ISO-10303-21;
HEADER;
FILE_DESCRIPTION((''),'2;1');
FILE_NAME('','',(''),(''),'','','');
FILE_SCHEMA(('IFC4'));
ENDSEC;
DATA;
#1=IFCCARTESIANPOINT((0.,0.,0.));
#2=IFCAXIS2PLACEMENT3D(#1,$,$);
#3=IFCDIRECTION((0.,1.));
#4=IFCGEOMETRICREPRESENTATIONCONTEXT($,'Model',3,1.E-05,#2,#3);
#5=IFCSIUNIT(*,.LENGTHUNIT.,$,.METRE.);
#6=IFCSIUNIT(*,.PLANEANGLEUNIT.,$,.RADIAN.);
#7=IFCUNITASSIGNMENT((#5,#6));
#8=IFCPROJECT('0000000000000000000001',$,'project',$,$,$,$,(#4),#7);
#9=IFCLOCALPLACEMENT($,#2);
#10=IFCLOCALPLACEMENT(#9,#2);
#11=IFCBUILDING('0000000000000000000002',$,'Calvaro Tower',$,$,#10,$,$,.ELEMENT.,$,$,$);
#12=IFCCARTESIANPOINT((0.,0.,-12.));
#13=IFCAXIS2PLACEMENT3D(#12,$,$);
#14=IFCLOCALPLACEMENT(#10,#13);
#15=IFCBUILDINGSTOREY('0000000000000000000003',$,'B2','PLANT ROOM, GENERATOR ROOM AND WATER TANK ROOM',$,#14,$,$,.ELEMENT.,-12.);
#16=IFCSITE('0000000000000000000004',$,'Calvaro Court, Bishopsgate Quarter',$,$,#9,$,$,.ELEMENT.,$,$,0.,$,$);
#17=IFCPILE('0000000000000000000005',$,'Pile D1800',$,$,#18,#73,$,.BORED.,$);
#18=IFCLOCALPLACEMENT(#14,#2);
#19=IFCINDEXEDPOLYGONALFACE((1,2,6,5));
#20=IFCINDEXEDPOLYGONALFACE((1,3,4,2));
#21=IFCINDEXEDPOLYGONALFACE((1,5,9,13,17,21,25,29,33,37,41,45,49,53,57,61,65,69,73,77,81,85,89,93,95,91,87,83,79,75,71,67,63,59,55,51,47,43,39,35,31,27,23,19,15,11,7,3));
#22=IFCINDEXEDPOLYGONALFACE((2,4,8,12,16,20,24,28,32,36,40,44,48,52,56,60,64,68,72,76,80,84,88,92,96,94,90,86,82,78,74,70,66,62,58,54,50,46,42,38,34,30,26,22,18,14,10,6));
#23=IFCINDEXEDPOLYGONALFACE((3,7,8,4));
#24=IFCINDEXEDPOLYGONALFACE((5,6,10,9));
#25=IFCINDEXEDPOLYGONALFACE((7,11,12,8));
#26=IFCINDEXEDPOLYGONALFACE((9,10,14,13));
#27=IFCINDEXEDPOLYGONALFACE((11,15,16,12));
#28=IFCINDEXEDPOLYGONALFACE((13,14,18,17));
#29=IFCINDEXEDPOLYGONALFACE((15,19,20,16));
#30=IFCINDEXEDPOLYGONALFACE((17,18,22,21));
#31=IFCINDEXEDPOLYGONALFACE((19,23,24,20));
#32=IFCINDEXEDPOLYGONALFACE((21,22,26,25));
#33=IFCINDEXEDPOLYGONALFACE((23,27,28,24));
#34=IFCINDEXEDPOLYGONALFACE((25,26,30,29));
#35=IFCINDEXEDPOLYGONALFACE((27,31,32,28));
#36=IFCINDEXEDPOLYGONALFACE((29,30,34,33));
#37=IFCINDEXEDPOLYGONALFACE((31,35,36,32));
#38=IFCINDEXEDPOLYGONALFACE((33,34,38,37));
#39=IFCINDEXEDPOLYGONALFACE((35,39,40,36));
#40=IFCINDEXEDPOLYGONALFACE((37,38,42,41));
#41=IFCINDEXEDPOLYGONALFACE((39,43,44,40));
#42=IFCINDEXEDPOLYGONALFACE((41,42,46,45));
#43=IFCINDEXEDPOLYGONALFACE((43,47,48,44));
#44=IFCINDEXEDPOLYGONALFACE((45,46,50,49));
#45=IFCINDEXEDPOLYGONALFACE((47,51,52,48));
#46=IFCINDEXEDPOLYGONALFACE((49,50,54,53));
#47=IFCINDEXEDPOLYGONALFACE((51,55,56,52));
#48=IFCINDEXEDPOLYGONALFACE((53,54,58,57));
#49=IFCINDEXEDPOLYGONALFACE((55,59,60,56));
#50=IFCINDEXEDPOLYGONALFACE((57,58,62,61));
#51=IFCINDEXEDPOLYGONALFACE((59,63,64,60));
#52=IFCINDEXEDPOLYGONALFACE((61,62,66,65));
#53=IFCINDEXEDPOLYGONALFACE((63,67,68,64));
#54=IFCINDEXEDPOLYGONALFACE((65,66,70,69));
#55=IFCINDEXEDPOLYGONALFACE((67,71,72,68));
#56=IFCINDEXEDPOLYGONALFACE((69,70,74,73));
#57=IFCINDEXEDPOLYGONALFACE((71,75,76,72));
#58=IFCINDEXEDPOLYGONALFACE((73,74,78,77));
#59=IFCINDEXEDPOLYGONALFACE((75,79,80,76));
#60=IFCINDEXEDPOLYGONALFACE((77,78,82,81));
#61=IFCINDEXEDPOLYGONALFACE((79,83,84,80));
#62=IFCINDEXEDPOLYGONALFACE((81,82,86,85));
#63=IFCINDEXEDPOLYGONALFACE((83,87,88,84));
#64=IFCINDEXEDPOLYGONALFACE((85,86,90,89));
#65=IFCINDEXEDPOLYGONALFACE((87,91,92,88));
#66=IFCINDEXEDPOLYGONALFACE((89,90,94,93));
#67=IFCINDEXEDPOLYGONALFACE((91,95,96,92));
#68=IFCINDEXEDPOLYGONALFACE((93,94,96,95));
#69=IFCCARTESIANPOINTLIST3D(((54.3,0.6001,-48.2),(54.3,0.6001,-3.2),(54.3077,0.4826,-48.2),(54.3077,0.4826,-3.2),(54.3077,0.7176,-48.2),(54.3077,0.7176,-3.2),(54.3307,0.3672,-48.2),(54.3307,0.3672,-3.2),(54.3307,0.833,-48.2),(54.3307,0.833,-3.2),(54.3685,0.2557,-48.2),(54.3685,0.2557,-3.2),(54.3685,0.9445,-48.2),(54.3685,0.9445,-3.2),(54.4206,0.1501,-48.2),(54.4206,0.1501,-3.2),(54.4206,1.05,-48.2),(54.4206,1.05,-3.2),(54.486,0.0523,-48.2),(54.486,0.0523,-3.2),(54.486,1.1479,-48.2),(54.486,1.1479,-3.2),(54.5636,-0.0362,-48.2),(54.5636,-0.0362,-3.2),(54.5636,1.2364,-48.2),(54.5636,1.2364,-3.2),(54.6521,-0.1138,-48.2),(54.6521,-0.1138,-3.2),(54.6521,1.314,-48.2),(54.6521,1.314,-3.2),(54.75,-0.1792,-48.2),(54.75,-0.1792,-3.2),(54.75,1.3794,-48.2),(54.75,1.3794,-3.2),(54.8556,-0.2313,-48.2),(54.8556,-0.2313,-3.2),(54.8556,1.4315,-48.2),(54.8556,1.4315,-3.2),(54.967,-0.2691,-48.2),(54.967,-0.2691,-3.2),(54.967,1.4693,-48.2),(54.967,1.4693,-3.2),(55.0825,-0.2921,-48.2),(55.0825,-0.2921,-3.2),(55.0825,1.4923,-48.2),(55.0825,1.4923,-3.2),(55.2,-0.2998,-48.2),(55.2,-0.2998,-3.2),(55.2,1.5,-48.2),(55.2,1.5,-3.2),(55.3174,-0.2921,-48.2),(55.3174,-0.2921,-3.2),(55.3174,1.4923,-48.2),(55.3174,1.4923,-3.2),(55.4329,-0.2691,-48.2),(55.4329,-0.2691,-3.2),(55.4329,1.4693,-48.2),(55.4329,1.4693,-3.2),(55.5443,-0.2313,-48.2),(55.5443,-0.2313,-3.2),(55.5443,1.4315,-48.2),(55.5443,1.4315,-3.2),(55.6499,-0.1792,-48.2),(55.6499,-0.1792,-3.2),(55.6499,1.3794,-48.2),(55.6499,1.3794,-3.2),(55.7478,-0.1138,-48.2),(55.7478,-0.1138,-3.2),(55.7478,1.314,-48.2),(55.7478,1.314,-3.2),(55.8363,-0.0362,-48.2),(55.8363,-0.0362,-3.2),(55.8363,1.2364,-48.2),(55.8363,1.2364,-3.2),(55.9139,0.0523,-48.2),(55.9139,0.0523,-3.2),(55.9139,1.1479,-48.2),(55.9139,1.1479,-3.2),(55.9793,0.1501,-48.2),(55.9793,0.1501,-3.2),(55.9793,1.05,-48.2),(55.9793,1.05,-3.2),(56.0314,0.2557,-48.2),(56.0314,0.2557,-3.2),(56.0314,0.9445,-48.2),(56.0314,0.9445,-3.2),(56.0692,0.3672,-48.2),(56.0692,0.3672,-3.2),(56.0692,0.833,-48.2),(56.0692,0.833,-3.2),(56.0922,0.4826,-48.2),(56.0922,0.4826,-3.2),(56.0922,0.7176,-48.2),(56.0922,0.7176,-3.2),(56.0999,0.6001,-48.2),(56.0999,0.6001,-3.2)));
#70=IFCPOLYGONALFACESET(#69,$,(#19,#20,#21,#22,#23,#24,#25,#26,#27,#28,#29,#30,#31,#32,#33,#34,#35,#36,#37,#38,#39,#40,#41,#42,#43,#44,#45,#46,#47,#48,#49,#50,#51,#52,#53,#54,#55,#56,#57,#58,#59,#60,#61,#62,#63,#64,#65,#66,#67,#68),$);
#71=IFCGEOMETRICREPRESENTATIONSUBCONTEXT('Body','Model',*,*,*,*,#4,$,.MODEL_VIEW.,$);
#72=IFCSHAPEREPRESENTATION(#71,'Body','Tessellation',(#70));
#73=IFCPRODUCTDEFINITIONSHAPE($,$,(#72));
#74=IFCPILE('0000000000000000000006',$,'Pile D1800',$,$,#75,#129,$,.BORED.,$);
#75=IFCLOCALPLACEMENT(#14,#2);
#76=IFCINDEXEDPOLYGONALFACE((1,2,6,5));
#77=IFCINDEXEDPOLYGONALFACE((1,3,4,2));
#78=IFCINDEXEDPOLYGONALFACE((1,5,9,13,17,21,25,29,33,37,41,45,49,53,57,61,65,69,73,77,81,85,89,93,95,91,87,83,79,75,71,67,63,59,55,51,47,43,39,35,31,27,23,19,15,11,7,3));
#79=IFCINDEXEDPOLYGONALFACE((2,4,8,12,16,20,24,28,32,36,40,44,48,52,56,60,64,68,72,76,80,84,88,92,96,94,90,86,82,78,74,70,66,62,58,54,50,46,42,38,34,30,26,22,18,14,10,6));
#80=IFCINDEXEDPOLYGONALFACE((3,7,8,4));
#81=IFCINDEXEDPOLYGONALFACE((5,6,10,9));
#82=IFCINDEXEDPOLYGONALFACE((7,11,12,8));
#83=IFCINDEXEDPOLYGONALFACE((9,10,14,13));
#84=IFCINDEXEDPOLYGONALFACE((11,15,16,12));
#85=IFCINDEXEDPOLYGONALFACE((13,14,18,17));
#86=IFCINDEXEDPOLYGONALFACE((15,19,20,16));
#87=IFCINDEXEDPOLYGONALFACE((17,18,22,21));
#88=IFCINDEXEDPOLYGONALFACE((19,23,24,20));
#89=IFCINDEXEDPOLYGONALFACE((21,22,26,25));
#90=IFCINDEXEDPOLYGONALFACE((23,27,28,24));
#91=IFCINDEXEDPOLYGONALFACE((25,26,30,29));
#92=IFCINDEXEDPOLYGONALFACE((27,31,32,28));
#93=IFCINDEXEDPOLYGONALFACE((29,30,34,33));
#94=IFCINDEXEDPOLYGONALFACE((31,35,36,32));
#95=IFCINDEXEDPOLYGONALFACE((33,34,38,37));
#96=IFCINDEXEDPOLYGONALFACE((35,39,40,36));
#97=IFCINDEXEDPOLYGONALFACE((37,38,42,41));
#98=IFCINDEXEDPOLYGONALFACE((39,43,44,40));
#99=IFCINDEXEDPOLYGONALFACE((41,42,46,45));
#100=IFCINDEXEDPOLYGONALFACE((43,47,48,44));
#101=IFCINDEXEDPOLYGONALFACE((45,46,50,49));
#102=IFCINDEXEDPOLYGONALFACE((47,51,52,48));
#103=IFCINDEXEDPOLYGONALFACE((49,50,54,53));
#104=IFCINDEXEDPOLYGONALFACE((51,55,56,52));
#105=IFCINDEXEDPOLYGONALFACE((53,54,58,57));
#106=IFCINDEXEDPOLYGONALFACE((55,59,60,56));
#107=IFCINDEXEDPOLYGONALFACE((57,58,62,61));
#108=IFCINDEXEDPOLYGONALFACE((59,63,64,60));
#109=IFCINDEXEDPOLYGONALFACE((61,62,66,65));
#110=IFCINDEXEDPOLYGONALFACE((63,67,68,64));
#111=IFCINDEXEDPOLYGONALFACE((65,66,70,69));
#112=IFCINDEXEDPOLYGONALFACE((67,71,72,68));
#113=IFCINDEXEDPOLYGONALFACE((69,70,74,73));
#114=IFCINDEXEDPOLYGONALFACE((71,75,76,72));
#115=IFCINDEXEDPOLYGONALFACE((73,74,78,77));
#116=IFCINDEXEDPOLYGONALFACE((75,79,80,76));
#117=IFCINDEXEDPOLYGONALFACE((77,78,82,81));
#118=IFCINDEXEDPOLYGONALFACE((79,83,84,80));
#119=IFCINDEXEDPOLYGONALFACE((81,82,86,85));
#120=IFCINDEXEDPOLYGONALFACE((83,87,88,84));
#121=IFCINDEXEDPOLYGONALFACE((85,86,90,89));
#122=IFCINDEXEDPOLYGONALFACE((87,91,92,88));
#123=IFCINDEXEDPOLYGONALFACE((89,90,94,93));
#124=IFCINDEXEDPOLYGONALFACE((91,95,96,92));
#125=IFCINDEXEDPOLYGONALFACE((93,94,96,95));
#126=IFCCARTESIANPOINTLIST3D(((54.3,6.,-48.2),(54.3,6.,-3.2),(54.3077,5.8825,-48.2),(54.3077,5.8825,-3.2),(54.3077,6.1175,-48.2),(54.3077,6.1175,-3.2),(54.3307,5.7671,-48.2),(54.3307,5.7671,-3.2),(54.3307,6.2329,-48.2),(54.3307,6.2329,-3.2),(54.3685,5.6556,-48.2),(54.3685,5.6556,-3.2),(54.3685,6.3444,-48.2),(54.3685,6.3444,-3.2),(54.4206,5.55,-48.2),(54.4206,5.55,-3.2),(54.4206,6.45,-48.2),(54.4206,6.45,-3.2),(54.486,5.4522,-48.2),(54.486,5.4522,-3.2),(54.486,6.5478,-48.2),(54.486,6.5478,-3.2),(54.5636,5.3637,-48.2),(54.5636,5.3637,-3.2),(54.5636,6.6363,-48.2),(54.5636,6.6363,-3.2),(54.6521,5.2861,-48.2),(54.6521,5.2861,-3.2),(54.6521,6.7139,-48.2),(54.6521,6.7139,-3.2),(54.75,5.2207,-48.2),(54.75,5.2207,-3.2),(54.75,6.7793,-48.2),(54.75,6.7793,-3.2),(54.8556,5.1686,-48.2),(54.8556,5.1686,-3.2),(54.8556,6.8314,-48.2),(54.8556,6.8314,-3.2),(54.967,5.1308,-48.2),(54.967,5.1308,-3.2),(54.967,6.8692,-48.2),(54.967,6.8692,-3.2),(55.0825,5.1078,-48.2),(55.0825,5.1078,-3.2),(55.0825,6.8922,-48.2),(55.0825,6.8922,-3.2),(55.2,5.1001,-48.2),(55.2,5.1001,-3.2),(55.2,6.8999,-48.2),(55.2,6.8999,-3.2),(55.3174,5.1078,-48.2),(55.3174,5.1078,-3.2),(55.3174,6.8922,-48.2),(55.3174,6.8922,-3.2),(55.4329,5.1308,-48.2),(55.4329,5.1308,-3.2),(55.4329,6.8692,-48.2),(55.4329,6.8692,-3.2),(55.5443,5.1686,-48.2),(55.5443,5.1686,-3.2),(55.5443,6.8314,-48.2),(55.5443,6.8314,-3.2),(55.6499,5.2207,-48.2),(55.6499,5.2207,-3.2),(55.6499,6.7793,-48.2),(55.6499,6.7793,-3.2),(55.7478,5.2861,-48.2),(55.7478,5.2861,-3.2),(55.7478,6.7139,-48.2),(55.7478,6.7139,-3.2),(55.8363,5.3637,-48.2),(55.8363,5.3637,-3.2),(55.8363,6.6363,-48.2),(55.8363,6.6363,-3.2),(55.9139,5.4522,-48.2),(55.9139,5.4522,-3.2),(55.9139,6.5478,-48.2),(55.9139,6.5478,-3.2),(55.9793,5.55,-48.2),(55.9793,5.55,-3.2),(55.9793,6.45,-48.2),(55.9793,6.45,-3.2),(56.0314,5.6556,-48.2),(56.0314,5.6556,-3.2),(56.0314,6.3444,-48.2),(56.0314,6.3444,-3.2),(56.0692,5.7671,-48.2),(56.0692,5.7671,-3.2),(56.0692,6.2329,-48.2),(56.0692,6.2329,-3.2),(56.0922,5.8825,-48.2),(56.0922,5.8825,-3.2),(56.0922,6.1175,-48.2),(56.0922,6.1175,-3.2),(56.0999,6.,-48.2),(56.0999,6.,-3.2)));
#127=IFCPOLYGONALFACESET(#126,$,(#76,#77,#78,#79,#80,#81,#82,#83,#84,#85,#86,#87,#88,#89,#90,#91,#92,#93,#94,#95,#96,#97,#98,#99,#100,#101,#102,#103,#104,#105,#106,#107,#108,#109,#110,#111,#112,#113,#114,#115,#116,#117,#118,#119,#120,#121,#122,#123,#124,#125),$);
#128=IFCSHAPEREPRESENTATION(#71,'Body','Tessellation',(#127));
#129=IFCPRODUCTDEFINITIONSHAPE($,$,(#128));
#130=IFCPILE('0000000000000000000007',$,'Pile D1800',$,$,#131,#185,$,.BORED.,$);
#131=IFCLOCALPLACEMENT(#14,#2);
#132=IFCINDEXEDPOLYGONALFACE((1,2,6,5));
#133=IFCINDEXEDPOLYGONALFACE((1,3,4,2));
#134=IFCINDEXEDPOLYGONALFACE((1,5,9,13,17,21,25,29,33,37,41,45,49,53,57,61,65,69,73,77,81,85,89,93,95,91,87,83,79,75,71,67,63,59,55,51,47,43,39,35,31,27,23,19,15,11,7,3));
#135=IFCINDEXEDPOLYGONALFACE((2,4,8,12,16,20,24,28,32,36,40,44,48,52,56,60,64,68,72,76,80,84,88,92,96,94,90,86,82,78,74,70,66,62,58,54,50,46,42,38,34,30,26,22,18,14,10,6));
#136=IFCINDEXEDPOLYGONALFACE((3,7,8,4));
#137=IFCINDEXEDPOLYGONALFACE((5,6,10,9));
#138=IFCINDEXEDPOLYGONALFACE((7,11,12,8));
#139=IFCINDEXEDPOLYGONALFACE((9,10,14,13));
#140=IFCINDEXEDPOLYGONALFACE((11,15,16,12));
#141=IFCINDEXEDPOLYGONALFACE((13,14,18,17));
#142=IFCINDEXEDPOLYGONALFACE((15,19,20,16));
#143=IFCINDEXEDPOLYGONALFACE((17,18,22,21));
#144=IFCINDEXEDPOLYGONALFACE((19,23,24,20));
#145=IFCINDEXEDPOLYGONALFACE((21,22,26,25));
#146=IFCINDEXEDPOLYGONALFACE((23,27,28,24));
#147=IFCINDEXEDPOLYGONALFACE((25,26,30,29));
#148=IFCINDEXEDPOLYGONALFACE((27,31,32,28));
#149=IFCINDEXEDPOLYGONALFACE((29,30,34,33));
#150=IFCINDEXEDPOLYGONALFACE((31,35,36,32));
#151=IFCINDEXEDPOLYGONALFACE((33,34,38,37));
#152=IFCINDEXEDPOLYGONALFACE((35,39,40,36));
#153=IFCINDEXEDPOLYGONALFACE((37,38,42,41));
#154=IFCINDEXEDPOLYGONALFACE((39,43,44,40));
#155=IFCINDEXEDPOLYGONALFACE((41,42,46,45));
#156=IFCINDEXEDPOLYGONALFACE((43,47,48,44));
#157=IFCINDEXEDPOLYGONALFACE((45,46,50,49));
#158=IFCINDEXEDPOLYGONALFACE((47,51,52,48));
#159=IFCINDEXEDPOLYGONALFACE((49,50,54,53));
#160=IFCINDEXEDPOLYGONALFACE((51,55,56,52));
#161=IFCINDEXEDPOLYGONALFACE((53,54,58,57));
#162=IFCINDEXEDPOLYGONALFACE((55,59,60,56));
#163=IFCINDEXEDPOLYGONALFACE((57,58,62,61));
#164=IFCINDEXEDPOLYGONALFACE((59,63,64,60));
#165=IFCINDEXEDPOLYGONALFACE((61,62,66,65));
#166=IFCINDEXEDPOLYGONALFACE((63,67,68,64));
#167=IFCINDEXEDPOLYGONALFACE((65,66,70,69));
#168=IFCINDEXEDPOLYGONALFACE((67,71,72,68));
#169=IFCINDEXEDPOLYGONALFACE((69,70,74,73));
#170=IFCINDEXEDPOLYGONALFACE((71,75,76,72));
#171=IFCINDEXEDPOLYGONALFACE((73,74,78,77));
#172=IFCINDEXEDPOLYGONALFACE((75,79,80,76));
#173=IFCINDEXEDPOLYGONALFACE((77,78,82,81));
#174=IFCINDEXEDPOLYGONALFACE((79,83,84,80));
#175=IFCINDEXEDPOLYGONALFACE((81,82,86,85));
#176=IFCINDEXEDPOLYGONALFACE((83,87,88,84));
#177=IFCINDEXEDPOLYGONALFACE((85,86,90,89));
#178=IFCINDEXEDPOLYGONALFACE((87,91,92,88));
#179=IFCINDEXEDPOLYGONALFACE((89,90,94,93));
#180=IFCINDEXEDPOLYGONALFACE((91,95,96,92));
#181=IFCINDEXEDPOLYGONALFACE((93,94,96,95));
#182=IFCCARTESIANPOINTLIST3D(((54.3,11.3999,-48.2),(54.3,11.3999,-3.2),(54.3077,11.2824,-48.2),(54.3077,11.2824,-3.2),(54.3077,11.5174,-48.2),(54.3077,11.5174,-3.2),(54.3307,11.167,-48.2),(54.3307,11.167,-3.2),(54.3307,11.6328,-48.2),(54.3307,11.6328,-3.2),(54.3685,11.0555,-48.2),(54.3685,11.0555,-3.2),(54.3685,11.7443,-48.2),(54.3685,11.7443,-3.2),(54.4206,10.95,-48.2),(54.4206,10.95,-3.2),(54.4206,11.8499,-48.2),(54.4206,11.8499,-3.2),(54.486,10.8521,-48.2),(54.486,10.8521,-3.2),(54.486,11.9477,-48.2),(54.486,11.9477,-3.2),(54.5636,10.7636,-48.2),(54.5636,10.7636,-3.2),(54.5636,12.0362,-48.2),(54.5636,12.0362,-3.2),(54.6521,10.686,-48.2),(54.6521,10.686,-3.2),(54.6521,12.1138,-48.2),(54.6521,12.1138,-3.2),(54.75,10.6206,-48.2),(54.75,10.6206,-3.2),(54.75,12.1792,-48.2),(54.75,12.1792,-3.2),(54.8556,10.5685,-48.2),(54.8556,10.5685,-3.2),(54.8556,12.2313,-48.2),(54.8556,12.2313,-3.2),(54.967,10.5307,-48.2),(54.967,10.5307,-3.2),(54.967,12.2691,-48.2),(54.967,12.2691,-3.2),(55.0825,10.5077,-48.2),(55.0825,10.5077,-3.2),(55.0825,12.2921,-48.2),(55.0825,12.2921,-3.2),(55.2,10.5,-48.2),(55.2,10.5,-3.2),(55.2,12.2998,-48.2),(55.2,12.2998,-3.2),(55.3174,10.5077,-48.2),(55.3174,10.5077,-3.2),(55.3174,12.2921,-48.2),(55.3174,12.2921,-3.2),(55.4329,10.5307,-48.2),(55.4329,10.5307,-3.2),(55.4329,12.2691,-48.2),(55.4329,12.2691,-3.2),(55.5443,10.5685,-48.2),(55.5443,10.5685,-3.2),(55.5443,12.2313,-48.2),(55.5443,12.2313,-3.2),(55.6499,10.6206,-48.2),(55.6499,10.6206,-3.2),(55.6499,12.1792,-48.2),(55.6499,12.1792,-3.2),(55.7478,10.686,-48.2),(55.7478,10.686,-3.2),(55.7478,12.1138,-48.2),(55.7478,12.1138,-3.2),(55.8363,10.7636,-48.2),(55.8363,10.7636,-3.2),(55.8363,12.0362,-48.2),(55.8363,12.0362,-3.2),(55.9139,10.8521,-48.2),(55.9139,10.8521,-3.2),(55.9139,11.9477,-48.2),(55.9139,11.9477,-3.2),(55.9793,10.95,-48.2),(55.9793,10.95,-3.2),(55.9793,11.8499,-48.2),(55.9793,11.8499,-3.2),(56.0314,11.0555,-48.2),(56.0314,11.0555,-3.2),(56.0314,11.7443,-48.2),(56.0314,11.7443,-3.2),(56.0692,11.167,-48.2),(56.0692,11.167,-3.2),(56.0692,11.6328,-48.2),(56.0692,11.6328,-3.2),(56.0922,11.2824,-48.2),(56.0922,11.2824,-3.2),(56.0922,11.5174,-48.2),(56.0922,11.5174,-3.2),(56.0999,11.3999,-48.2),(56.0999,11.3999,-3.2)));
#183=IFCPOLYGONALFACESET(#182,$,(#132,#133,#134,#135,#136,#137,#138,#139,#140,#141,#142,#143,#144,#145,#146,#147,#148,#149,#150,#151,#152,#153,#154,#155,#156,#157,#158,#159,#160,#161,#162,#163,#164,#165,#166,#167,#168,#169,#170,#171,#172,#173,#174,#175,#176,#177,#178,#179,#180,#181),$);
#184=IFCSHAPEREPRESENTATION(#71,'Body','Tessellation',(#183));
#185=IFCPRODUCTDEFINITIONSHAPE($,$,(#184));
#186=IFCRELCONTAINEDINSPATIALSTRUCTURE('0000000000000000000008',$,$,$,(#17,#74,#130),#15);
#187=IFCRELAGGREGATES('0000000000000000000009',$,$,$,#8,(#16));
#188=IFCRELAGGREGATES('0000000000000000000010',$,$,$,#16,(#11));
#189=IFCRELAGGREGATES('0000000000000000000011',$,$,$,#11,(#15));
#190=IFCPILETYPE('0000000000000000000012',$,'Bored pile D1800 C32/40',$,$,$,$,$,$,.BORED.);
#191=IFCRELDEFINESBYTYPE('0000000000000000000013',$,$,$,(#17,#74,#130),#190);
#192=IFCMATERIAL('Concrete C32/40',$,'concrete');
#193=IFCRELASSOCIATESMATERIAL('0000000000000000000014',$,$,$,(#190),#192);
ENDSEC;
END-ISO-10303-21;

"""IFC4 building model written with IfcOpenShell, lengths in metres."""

from ifc_helpers import new_model, si_unit, direction, frame, origin, origin_2d, place, context, subcontext, project, spatial, circle, extrude, material, material_profile, profile_set, type_object, element, save


model = new_model("IFC4")

# Units and contexts
model_context = context("Model", 3, precision=1e-05, world=origin(), true_north=direction((0.0, 1.0)))
body_context = subcontext(model_context, "Body", "Model", "MODEL_VIEW")
ifc_project = project(units=[si_unit("LENGTHUNIT", "METRE"), si_unit("PLANEANGLEUNIT", "RADIAN")], contexts=[model_context])

# Site, building, storey
site_placement = place(None, origin())
site = spatial("IfcSite", under=ifc_project, at=site_placement, Name="Calvaro Court, Bishopsgate Quarter", CompositionType="ELEMENT", RefElevation=0.0)
building_placement = place(site_placement, origin())
building = spatial("IfcBuilding", under=site, at=building_placement, Name="Calvaro Tower", CompositionType="ELEMENT")
storey_placement = place(building_placement, frame((0.0, 0.0, -12.0)))
storey = spatial("IfcBuildingStorey", under=building, at=storey_placement, Name="B2", Description="PLANT ROOM, GENERATOR ROOM AND WATER TANK ROOM", CompositionType="ELEMENT", Elevation=-12.0)

# Piles
ifc_material_1 = material(Name="Concrete C32/40", Category="concrete")
ifc_material_profile_1 = material_profile(ifc_material_1, circle(Radius=0.8999, at=origin_2d()), Name="Bored pile D1800")
ifc_profile_set_1 = profile_set([ifc_material_profile_1], Name="Concrete C32/40")
pile_type = type_object("IfcPileType", Name="Bored pile D1800 C32/40", PredefinedType="BORED", material=ifc_profile_set_1)
for number, where, z_axis, x_axis, name in (
    (1, (55.2, 0.6001, -3.2), (0.0, 0.0, -1.0), (1.0, 0.0, 0.0), "Pile D1800"),
    (2, (55.2, 6.0, -3.2), (0.0, 0.0, -1.0), (1.0, 0.0, 0.0), "Pile D1800"),
    (3, (55.2, 11.3999, -3.2), (0.0, 0.0, -1.0), (1.0, 0.0, 0.0), "Pile D1800"),
):
    element("IfcPile", number, at=place(storey_placement, frame(where, z_axis=z_axis, x_axis=x_axis)), inside=storey, type_object=pile_type, Name=name, PredefinedType="BORED", context=body_context, shape_type="SweptSolid", body=[
        extrude(circle(Radius=0.8999, at=origin_2d()), origin(), (0.0, 0.0, 1.0), 45.0),
    ])

save(model, "model.ifc")
